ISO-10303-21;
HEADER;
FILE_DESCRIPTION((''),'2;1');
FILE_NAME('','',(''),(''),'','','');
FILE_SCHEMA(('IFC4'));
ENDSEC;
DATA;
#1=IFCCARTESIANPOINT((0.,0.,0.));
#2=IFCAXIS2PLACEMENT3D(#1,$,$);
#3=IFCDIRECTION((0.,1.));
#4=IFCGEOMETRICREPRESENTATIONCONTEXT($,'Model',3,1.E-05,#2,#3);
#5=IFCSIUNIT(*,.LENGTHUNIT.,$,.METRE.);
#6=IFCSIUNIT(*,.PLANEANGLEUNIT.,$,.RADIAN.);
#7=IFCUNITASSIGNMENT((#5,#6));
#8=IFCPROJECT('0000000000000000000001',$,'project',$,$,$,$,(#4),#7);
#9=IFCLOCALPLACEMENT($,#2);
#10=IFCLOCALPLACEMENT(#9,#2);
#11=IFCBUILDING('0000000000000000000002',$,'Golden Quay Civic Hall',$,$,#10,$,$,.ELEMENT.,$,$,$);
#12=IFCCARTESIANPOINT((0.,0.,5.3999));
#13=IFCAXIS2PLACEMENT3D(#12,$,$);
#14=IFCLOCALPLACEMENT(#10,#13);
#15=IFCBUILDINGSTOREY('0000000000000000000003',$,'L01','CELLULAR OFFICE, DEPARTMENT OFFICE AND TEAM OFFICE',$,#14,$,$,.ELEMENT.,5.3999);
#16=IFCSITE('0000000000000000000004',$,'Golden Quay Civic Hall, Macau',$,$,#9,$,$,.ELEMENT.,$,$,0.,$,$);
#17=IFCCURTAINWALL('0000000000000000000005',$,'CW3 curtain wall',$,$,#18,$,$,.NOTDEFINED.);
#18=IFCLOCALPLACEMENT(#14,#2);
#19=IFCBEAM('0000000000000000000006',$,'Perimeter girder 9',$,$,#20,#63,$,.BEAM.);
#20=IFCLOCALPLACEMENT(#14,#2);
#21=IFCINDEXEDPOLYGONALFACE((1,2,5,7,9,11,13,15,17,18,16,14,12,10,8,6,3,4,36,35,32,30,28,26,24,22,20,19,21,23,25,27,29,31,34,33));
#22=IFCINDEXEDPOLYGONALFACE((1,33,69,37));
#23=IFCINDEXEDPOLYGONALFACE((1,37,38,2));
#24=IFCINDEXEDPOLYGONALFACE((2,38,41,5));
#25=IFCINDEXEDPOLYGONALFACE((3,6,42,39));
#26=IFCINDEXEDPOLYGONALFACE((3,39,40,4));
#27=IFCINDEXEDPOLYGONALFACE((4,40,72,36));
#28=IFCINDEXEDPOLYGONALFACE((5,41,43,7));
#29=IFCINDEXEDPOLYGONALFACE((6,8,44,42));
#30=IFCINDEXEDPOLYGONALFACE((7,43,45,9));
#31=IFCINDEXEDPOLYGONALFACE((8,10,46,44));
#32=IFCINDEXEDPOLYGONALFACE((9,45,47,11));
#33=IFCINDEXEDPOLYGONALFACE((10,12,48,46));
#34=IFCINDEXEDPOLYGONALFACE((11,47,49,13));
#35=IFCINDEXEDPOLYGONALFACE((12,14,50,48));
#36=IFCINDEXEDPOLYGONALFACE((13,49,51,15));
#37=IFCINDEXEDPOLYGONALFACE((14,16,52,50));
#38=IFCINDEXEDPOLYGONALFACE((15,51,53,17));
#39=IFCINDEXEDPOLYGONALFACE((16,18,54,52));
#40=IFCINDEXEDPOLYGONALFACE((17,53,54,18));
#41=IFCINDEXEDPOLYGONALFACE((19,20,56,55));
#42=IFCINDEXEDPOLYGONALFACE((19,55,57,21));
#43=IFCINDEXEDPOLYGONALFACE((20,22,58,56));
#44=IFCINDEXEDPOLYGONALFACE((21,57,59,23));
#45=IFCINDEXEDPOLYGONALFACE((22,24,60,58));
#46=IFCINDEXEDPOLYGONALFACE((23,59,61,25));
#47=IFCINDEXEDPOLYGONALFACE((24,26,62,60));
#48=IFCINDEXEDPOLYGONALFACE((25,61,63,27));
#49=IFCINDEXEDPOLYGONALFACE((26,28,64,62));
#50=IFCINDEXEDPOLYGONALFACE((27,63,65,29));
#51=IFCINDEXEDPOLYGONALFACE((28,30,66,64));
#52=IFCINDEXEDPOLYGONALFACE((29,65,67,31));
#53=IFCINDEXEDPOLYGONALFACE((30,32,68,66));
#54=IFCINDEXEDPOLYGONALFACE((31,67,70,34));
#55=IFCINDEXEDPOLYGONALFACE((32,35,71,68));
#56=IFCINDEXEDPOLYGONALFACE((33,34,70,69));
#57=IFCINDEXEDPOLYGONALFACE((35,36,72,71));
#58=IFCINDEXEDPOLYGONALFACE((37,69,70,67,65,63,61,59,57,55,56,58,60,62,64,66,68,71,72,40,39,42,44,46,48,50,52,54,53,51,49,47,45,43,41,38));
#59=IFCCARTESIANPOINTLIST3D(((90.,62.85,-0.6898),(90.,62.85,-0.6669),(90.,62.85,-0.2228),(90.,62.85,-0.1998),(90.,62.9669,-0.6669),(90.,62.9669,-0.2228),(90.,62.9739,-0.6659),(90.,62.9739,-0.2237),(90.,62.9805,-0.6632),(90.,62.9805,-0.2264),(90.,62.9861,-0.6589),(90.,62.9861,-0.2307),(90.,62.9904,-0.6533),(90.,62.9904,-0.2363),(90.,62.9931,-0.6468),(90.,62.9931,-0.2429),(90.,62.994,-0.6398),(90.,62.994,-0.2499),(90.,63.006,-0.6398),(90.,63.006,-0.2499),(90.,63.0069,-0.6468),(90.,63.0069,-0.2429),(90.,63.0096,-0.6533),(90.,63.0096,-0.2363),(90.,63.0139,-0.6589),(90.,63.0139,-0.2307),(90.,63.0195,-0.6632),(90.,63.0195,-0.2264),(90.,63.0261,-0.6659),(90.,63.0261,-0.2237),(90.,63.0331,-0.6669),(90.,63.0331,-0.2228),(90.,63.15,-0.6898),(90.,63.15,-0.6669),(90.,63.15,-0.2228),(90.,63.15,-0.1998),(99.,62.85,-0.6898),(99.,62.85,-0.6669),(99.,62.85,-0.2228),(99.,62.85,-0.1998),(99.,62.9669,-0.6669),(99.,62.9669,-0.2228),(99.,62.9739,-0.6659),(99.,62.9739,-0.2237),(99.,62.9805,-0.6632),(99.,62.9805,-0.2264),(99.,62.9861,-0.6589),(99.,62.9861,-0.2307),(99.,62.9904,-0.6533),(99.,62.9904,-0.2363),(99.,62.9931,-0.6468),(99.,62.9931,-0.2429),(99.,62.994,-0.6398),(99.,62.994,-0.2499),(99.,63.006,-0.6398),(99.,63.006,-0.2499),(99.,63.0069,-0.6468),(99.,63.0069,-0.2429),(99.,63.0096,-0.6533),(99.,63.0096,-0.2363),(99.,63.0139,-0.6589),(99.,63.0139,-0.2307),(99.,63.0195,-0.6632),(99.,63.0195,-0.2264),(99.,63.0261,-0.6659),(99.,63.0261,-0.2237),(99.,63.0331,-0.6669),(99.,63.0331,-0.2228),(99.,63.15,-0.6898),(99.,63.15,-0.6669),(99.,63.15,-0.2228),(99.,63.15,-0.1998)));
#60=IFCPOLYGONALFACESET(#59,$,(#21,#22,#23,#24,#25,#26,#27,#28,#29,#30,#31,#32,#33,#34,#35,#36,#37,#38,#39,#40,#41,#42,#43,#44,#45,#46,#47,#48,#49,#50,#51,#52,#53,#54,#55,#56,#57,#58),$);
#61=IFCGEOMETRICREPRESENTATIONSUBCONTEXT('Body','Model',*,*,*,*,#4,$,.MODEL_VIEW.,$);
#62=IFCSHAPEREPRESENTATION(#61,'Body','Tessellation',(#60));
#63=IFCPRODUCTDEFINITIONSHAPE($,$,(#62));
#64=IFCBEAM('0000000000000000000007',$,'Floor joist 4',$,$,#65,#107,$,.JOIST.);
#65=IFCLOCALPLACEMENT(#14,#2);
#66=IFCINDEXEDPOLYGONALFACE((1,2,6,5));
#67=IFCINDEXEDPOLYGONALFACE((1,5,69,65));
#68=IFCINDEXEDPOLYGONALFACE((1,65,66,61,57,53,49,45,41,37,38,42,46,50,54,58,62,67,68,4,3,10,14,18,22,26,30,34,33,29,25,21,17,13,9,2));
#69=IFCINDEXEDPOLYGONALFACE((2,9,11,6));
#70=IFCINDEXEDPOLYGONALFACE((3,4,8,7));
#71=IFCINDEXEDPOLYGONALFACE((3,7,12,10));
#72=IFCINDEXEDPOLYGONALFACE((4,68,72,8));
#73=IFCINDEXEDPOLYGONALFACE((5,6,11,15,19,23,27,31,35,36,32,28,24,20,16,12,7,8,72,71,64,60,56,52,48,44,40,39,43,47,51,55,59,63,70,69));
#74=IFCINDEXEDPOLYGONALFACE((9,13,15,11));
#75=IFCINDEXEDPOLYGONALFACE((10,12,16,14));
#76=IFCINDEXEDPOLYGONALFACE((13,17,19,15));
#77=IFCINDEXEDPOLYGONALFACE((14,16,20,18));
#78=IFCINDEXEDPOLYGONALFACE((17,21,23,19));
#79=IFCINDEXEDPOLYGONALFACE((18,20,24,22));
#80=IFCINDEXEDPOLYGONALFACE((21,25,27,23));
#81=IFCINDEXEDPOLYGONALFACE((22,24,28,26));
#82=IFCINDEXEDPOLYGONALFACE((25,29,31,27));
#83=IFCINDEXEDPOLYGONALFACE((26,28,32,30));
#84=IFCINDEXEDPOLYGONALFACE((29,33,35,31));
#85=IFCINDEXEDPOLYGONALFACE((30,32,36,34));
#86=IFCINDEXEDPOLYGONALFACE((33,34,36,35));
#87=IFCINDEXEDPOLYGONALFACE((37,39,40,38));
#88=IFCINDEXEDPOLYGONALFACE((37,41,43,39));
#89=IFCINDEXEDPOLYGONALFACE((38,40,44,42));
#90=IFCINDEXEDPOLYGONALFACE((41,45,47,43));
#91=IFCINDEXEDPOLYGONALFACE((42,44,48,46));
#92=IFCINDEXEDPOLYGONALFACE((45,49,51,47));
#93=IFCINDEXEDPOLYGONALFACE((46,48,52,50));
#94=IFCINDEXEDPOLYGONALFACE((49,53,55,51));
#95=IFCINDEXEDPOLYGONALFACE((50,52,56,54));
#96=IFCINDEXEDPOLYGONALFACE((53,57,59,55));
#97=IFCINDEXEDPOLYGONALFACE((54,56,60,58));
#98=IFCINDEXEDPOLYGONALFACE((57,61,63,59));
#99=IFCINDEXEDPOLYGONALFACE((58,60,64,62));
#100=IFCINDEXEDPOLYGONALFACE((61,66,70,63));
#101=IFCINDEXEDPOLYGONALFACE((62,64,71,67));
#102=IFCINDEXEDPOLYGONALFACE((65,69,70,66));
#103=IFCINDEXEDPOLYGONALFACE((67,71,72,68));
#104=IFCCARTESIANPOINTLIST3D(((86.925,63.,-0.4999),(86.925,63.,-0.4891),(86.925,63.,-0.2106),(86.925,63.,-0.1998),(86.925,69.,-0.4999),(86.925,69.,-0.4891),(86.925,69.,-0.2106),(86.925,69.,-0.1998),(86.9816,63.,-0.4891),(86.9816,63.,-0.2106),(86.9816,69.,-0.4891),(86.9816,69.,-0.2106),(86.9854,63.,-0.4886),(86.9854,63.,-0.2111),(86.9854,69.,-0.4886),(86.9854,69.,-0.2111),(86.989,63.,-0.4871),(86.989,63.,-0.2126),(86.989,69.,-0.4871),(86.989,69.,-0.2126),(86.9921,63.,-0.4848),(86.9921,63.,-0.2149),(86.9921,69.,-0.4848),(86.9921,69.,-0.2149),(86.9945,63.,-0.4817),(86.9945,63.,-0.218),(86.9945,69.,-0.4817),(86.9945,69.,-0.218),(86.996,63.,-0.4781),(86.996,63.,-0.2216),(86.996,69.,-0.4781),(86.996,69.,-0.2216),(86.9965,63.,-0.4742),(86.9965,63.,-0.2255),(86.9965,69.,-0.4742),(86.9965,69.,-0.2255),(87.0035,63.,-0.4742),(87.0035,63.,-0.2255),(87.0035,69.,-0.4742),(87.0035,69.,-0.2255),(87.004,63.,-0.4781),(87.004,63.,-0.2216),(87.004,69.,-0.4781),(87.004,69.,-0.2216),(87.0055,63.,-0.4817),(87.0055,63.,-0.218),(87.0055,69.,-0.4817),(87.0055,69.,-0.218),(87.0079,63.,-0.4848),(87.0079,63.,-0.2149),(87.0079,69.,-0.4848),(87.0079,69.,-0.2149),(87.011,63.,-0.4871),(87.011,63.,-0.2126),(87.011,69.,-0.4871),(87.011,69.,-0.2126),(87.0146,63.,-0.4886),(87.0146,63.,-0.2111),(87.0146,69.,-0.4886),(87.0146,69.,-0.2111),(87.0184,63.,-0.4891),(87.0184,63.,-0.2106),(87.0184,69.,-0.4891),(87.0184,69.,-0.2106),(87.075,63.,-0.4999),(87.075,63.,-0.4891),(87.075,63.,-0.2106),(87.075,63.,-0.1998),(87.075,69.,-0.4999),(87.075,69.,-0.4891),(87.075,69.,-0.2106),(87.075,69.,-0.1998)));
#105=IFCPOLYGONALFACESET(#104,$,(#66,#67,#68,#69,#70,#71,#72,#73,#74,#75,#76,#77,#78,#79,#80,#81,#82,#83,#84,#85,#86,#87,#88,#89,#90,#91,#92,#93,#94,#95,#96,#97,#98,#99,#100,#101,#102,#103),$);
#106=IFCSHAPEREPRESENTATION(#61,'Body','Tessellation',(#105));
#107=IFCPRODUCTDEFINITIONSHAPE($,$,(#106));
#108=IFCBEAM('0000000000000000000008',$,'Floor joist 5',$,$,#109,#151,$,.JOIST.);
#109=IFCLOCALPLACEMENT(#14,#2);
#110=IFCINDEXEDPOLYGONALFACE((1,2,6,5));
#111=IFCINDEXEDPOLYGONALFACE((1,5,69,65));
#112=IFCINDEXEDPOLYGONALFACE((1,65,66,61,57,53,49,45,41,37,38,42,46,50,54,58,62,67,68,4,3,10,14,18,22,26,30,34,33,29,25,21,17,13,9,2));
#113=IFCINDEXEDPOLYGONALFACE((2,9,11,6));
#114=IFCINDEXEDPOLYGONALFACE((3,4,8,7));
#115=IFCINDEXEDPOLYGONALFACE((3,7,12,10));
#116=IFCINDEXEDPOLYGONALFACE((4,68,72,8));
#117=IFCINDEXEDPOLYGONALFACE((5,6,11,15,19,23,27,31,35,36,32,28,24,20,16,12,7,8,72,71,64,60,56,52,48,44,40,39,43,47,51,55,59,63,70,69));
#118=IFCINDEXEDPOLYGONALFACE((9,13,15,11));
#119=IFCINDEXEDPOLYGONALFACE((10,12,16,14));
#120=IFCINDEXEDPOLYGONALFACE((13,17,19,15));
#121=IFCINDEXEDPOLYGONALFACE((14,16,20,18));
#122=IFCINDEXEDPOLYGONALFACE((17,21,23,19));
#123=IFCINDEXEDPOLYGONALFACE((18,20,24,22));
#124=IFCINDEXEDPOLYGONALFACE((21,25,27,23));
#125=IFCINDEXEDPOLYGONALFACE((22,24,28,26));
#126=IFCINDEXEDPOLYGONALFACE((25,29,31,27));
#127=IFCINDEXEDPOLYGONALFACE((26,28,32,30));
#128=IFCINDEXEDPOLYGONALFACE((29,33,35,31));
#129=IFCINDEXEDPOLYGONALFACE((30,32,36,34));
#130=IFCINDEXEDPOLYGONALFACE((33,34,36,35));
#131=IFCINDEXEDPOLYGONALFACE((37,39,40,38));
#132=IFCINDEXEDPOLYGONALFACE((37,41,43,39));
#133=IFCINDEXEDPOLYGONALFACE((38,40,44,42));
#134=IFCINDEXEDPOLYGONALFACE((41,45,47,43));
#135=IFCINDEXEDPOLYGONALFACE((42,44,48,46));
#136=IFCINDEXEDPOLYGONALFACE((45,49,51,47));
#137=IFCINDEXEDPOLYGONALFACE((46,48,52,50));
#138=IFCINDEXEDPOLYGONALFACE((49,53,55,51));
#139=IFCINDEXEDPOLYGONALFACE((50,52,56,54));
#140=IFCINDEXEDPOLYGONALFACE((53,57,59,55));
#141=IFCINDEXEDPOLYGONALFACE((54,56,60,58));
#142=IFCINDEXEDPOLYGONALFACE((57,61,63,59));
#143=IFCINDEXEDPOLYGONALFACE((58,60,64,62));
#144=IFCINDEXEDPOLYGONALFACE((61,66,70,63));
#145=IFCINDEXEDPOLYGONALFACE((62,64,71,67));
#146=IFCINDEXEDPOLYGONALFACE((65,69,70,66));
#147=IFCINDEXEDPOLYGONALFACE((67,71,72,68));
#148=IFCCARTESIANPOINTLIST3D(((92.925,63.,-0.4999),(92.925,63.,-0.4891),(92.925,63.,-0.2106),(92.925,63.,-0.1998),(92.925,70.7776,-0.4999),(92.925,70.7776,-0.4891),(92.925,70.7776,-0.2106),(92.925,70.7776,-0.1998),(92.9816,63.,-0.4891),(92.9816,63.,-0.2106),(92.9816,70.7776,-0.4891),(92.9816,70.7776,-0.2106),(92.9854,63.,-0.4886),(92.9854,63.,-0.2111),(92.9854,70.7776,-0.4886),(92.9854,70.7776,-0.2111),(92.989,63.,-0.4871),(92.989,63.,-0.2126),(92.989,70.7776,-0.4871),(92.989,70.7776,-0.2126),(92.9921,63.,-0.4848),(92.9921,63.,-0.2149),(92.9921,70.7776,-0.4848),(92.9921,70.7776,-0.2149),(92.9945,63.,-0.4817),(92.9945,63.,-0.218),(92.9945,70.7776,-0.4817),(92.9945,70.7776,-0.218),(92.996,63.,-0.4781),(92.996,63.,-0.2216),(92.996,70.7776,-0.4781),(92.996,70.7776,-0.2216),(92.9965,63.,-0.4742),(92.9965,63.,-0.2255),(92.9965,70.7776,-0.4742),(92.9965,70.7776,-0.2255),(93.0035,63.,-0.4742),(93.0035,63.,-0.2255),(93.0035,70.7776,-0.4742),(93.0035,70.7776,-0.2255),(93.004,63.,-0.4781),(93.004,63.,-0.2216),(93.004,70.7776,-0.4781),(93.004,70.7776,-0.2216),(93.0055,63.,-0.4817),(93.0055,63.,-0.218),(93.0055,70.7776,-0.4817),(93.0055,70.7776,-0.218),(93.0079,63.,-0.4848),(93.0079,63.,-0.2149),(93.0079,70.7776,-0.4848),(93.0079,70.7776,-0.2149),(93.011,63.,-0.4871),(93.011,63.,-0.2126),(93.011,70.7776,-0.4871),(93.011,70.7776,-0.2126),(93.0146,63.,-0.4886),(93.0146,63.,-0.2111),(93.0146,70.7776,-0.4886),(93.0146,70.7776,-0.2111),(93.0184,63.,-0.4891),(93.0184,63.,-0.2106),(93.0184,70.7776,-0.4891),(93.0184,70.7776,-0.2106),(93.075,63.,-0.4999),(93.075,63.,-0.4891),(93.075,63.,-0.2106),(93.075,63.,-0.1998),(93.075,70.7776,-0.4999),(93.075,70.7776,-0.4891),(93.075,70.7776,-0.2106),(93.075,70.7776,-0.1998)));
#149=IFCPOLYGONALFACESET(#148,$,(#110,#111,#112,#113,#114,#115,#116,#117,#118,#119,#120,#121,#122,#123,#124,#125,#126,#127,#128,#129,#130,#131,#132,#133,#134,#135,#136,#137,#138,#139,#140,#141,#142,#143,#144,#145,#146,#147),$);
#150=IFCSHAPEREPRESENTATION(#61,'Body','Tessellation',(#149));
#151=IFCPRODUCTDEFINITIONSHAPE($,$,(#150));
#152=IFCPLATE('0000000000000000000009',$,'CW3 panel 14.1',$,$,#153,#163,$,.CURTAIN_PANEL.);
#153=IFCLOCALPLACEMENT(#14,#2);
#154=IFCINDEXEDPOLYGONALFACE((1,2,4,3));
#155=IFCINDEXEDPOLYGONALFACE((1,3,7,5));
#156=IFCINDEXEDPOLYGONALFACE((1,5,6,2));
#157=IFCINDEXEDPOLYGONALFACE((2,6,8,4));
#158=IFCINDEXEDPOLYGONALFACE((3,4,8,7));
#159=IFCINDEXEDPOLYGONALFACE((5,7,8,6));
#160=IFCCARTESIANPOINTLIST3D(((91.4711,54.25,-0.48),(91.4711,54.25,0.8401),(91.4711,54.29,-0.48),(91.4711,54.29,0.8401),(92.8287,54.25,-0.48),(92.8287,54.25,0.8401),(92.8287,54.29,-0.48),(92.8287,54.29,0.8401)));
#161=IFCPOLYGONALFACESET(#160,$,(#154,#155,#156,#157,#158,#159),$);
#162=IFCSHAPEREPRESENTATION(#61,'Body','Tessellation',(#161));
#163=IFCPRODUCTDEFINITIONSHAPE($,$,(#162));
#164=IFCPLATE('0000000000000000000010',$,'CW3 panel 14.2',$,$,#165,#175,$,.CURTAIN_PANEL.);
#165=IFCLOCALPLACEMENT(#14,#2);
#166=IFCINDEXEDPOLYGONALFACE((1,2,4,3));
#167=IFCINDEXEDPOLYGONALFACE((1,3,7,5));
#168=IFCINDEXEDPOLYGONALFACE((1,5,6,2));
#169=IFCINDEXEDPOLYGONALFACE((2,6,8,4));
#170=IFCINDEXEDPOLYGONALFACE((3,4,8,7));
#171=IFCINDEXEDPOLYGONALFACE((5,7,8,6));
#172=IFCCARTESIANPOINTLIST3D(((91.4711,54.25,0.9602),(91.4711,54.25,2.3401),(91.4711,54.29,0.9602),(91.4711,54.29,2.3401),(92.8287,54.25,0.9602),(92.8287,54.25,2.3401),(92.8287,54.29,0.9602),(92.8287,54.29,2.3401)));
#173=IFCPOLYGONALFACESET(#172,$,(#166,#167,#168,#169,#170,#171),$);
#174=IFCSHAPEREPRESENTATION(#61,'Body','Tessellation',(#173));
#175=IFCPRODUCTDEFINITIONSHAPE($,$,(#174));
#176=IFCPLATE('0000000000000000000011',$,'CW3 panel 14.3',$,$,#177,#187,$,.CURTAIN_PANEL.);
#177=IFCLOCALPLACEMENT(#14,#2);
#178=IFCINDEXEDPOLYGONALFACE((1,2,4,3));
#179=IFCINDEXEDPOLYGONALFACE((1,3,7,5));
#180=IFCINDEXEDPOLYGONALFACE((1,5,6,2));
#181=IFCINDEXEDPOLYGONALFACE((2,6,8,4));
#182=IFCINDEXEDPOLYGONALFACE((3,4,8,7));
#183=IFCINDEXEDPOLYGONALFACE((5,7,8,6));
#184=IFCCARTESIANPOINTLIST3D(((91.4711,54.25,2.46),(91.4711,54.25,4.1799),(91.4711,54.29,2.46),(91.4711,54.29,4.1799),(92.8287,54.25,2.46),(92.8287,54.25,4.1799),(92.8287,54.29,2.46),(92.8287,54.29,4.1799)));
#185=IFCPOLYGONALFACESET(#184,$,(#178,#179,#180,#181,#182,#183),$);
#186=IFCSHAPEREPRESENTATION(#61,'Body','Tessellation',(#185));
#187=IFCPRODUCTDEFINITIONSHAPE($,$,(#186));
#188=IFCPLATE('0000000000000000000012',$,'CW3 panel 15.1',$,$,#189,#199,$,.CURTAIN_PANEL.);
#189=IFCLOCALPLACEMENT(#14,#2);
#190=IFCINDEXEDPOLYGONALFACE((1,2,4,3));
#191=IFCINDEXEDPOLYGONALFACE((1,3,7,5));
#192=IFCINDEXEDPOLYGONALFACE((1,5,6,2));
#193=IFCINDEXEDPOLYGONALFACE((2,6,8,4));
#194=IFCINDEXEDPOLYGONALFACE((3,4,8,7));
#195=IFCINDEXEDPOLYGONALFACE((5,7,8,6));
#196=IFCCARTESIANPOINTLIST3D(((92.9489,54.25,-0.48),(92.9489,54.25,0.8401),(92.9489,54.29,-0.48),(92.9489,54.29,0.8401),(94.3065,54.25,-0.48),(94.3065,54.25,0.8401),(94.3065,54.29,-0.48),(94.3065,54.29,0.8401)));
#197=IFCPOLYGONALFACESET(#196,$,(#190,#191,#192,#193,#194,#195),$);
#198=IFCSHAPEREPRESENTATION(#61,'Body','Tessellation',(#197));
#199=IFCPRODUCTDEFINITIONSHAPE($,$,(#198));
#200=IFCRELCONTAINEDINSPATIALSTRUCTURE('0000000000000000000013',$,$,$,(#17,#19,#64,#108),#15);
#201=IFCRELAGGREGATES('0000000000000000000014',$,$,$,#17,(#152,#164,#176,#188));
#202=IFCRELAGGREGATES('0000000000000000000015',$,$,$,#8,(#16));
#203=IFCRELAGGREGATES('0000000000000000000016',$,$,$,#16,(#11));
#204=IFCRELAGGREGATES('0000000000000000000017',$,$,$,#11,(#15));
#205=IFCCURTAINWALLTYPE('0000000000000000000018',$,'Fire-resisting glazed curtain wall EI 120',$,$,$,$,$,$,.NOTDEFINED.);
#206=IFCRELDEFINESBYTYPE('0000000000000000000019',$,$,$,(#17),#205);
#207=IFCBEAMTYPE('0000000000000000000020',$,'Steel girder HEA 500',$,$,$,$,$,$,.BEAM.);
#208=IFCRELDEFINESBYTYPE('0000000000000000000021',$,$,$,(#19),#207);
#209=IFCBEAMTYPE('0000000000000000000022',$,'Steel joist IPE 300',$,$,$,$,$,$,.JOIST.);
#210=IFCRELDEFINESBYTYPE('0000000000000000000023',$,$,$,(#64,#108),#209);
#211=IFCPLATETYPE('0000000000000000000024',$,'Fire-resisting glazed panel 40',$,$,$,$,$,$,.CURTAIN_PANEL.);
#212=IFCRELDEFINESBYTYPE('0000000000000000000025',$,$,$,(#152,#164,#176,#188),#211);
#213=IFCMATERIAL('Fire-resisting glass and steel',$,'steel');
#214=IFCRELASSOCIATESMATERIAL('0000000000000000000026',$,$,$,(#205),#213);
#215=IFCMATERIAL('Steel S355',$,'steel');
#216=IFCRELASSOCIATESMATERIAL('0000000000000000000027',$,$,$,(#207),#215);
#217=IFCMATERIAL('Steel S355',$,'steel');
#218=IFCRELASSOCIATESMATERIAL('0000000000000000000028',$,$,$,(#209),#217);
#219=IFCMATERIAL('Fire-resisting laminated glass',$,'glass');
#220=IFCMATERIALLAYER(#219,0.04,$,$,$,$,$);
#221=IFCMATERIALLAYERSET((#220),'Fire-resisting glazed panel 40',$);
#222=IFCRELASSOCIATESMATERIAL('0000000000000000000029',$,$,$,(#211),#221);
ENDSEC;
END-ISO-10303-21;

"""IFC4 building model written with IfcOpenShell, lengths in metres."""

from ifc_helpers import new_model, si_unit, direction, frame, origin, origin_2d, place, context, subcontext, project, spatial, rectangle, i_section, extrude, material, layer, layer_set, material_profile, profile_set, type_object, element, aggregate, save


model = new_model("IFC4")

# Units and contexts
model_context = context("Model", 3, precision=1e-05, world=origin(), true_north=direction((0.0, 1.0)))
body_context = subcontext(model_context, "Body", "Model", "MODEL_VIEW")
ifc_project = project(units=[si_unit("LENGTHUNIT", "METRE"), si_unit("PLANEANGLEUNIT", "RADIAN")], contexts=[model_context])

# Site, building, storey
site_placement = place(None, origin())
site = spatial("IfcSite", under=ifc_project, at=site_placement, Name="Golden Quay Civic Hall, Macau", CompositionType="ELEMENT", RefElevation=0.0)
building_placement = place(site_placement, origin())
building = spatial("IfcBuilding", under=site, at=building_placement, Name="Golden Quay Civic Hall", CompositionType="ELEMENT")
storey_placement = place(building_placement, frame((0.0, 0.0, 5.3999)))
storey = spatial("IfcBuildingStorey", under=building, at=storey_placement, Name="L01", Description="CELLULAR OFFICE, DEPARTMENT OFFICE AND TEAM OFFICE", CompositionType="ELEMENT", Elevation=5.3999)

# Curtain wall
ifc_material_1 = material(Name="Fire-resisting glass and steel", Category="steel")
curtain_wall_type = type_object("IfcCurtainWallType", Name="Fire-resisting glazed curtain wall EI 120", PredefinedType="NOTDEFINED", material=ifc_material_1)
curtain_wall_placement = place(storey_placement, origin())
curtain_wall = element("IfcCurtainWall", 1, at=curtain_wall_placement, inside=storey, type_object=curtain_wall_type, Name="CW3 curtain wall", PredefinedType="NOTDEFINED")

# Beams
ifc_material_2 = material(Name="Steel S355", Category="steel")
ifc_material_profile_1 = material_profile(ifc_material_2, i_section(OverallWidth=0.3, OverallDepth=0.49, WebThickness=0.012, FlangeThickness=0.0229, FilletRadius=0.0271, at=origin_2d()), Name="HEA 500")
ifc_profile_set_1 = profile_set([ifc_material_profile_1], Name="Steel S355")
beam_type_1 = type_object("IfcBeamType", Name="Steel girder HEA 500", PredefinedType="BEAM", material=ifc_profile_set_1)
beam_1_placement = place(storey_placement, frame((90.0, 63.0, -0.4448), z_axis=(1.0, 0.0, 0.0), x_axis=(0.0, 1.0, 0.0)))
element("IfcBeam", 2, at=beam_1_placement, inside=storey, type_object=beam_type_1, Name="Perimeter girder 9", PredefinedType="BEAM", context=body_context, shape_type="SweptSolid", body=[
    extrude(i_section(OverallWidth=0.3, OverallDepth=0.49, WebThickness=0.012, FlangeThickness=0.0229, FilletRadius=0.0271, at=origin_2d()), origin(), (0.0, 0.0, 1.0), 9.0),
])
ifc_material_3 = material(Name="Steel S355", Category="steel")
ifc_material_profile_2 = material_profile(ifc_material_3, i_section(OverallWidth=0.1499, OverallDepth=0.3, WebThickness=0.0071, FlangeThickness=0.0107, FilletRadius=0.0149, at=origin_2d()), Name="IPE 300")
ifc_profile_set_2 = profile_set([ifc_material_profile_2], Name="Steel S355")
beam_type_2 = type_object("IfcBeamType", Name="Steel joist IPE 300", PredefinedType="JOIST", material=ifc_profile_set_2)
beam_2_placement = place(storey_placement, frame((87.0, 63.0, -0.3499), z_axis=(0.0, 1.0, 0.0), x_axis=(-1.0, 0.0, 0.0)))
element("IfcBeam", 3, at=beam_2_placement, inside=storey, type_object=beam_type_2, Name="Floor joist 4", PredefinedType="JOIST", context=body_context, shape_type="SweptSolid", body=[
    extrude(i_section(OverallWidth=0.1499, OverallDepth=0.3, WebThickness=0.0071, FlangeThickness=0.0107, FilletRadius=0.0149, at=origin_2d()), origin(), (0.0, 0.0, 1.0), 6.0),
])
beam_3_placement = place(storey_placement, frame((93.0, 63.0, -0.3499), z_axis=(0.0, 1.0, 0.0), x_axis=(-1.0, 0.0, 0.0)))
element("IfcBeam", 4, at=beam_3_placement, inside=storey, type_object=beam_type_2, Name="Floor joist 5", PredefinedType="JOIST", context=body_context, shape_type="SweptSolid", body=[
    extrude(i_section(OverallWidth=0.1499, OverallDepth=0.3, WebThickness=0.0071, FlangeThickness=0.0107, FilletRadius=0.0149, at=origin_2d()), origin(), (0.0, 0.0, 1.0), 7.7776),
])

# Plates
ifc_material_4 = material(Name="Fire-resisting laminated glass", Category="glass")
ifc_layer = layer(ifc_material_4, 0.04)
ifc_layer_set = layer_set([ifc_layer], Name="Fire-resisting glazed panel 40")
plate_type = type_object("IfcPlateType", Name="Fire-resisting glazed panel 40", PredefinedType="CURTAIN_PANEL", material=ifc_layer_set)
plate_1_placement = place(storey_placement, frame((92.1499, 54.27, -0.48), z_axis=(0.0, 0.0, 1.0), x_axis=(1.0, 0.0, 0.0)))
plate_1 = element("IfcPlate", 5, at=plate_1_placement, type_object=plate_type, Name="CW3 panel 14.1", PredefinedType="CURTAIN_PANEL", context=body_context, shape_type="SweptSolid", body=[
    extrude(rectangle(XDim=1.3577, YDim=0.04, at=origin_2d()), origin(), (0.0, 0.0, 1.0), 1.3201),
])
plate_2_placement = place(storey_placement, frame((92.1499, 54.27, 0.9602), z_axis=(0.0, 0.0, 1.0), x_axis=(1.0, 0.0, 0.0)))
plate_2 = element("IfcPlate", 6, at=plate_2_placement, type_object=plate_type, Name="CW3 panel 14.2", PredefinedType="CURTAIN_PANEL", context=body_context, shape_type="SweptSolid", body=[
    extrude(rectangle(XDim=1.3577, YDim=0.04, at=origin_2d()), origin(), (0.0, 0.0, 1.0), 1.3799),
])
plate_3_placement = place(storey_placement, frame((92.1499, 54.27, 2.46), z_axis=(0.0, 0.0, 1.0), x_axis=(1.0, 0.0, 0.0)))
plate_3 = element("IfcPlate", 7, at=plate_3_placement, type_object=plate_type, Name="CW3 panel 14.3", PredefinedType="CURTAIN_PANEL", context=body_context, shape_type="SweptSolid", body=[
    extrude(rectangle(XDim=1.3577, YDim=0.04, at=origin_2d()), origin(), (0.0, 0.0, 1.0), 1.72),
])
plate_4_placement = place(storey_placement, frame((93.6277, 54.27, -0.48), z_axis=(0.0, 0.0, 1.0), x_axis=(1.0, 0.0, 0.0)))
plate_4 = element("IfcPlate", 8, at=plate_4_placement, type_object=plate_type, Name="CW3 panel 15.1", PredefinedType="CURTAIN_PANEL", context=body_context, shape_type="SweptSolid", body=[
    extrude(rectangle(XDim=1.3577, YDim=0.04, at=origin_2d()), origin(), (0.0, 0.0, 1.0), 1.3201),
])
aggregate(curtain_wall, [plate_1, plate_2, plate_3, plate_4])

save(model, "model.ifc")
